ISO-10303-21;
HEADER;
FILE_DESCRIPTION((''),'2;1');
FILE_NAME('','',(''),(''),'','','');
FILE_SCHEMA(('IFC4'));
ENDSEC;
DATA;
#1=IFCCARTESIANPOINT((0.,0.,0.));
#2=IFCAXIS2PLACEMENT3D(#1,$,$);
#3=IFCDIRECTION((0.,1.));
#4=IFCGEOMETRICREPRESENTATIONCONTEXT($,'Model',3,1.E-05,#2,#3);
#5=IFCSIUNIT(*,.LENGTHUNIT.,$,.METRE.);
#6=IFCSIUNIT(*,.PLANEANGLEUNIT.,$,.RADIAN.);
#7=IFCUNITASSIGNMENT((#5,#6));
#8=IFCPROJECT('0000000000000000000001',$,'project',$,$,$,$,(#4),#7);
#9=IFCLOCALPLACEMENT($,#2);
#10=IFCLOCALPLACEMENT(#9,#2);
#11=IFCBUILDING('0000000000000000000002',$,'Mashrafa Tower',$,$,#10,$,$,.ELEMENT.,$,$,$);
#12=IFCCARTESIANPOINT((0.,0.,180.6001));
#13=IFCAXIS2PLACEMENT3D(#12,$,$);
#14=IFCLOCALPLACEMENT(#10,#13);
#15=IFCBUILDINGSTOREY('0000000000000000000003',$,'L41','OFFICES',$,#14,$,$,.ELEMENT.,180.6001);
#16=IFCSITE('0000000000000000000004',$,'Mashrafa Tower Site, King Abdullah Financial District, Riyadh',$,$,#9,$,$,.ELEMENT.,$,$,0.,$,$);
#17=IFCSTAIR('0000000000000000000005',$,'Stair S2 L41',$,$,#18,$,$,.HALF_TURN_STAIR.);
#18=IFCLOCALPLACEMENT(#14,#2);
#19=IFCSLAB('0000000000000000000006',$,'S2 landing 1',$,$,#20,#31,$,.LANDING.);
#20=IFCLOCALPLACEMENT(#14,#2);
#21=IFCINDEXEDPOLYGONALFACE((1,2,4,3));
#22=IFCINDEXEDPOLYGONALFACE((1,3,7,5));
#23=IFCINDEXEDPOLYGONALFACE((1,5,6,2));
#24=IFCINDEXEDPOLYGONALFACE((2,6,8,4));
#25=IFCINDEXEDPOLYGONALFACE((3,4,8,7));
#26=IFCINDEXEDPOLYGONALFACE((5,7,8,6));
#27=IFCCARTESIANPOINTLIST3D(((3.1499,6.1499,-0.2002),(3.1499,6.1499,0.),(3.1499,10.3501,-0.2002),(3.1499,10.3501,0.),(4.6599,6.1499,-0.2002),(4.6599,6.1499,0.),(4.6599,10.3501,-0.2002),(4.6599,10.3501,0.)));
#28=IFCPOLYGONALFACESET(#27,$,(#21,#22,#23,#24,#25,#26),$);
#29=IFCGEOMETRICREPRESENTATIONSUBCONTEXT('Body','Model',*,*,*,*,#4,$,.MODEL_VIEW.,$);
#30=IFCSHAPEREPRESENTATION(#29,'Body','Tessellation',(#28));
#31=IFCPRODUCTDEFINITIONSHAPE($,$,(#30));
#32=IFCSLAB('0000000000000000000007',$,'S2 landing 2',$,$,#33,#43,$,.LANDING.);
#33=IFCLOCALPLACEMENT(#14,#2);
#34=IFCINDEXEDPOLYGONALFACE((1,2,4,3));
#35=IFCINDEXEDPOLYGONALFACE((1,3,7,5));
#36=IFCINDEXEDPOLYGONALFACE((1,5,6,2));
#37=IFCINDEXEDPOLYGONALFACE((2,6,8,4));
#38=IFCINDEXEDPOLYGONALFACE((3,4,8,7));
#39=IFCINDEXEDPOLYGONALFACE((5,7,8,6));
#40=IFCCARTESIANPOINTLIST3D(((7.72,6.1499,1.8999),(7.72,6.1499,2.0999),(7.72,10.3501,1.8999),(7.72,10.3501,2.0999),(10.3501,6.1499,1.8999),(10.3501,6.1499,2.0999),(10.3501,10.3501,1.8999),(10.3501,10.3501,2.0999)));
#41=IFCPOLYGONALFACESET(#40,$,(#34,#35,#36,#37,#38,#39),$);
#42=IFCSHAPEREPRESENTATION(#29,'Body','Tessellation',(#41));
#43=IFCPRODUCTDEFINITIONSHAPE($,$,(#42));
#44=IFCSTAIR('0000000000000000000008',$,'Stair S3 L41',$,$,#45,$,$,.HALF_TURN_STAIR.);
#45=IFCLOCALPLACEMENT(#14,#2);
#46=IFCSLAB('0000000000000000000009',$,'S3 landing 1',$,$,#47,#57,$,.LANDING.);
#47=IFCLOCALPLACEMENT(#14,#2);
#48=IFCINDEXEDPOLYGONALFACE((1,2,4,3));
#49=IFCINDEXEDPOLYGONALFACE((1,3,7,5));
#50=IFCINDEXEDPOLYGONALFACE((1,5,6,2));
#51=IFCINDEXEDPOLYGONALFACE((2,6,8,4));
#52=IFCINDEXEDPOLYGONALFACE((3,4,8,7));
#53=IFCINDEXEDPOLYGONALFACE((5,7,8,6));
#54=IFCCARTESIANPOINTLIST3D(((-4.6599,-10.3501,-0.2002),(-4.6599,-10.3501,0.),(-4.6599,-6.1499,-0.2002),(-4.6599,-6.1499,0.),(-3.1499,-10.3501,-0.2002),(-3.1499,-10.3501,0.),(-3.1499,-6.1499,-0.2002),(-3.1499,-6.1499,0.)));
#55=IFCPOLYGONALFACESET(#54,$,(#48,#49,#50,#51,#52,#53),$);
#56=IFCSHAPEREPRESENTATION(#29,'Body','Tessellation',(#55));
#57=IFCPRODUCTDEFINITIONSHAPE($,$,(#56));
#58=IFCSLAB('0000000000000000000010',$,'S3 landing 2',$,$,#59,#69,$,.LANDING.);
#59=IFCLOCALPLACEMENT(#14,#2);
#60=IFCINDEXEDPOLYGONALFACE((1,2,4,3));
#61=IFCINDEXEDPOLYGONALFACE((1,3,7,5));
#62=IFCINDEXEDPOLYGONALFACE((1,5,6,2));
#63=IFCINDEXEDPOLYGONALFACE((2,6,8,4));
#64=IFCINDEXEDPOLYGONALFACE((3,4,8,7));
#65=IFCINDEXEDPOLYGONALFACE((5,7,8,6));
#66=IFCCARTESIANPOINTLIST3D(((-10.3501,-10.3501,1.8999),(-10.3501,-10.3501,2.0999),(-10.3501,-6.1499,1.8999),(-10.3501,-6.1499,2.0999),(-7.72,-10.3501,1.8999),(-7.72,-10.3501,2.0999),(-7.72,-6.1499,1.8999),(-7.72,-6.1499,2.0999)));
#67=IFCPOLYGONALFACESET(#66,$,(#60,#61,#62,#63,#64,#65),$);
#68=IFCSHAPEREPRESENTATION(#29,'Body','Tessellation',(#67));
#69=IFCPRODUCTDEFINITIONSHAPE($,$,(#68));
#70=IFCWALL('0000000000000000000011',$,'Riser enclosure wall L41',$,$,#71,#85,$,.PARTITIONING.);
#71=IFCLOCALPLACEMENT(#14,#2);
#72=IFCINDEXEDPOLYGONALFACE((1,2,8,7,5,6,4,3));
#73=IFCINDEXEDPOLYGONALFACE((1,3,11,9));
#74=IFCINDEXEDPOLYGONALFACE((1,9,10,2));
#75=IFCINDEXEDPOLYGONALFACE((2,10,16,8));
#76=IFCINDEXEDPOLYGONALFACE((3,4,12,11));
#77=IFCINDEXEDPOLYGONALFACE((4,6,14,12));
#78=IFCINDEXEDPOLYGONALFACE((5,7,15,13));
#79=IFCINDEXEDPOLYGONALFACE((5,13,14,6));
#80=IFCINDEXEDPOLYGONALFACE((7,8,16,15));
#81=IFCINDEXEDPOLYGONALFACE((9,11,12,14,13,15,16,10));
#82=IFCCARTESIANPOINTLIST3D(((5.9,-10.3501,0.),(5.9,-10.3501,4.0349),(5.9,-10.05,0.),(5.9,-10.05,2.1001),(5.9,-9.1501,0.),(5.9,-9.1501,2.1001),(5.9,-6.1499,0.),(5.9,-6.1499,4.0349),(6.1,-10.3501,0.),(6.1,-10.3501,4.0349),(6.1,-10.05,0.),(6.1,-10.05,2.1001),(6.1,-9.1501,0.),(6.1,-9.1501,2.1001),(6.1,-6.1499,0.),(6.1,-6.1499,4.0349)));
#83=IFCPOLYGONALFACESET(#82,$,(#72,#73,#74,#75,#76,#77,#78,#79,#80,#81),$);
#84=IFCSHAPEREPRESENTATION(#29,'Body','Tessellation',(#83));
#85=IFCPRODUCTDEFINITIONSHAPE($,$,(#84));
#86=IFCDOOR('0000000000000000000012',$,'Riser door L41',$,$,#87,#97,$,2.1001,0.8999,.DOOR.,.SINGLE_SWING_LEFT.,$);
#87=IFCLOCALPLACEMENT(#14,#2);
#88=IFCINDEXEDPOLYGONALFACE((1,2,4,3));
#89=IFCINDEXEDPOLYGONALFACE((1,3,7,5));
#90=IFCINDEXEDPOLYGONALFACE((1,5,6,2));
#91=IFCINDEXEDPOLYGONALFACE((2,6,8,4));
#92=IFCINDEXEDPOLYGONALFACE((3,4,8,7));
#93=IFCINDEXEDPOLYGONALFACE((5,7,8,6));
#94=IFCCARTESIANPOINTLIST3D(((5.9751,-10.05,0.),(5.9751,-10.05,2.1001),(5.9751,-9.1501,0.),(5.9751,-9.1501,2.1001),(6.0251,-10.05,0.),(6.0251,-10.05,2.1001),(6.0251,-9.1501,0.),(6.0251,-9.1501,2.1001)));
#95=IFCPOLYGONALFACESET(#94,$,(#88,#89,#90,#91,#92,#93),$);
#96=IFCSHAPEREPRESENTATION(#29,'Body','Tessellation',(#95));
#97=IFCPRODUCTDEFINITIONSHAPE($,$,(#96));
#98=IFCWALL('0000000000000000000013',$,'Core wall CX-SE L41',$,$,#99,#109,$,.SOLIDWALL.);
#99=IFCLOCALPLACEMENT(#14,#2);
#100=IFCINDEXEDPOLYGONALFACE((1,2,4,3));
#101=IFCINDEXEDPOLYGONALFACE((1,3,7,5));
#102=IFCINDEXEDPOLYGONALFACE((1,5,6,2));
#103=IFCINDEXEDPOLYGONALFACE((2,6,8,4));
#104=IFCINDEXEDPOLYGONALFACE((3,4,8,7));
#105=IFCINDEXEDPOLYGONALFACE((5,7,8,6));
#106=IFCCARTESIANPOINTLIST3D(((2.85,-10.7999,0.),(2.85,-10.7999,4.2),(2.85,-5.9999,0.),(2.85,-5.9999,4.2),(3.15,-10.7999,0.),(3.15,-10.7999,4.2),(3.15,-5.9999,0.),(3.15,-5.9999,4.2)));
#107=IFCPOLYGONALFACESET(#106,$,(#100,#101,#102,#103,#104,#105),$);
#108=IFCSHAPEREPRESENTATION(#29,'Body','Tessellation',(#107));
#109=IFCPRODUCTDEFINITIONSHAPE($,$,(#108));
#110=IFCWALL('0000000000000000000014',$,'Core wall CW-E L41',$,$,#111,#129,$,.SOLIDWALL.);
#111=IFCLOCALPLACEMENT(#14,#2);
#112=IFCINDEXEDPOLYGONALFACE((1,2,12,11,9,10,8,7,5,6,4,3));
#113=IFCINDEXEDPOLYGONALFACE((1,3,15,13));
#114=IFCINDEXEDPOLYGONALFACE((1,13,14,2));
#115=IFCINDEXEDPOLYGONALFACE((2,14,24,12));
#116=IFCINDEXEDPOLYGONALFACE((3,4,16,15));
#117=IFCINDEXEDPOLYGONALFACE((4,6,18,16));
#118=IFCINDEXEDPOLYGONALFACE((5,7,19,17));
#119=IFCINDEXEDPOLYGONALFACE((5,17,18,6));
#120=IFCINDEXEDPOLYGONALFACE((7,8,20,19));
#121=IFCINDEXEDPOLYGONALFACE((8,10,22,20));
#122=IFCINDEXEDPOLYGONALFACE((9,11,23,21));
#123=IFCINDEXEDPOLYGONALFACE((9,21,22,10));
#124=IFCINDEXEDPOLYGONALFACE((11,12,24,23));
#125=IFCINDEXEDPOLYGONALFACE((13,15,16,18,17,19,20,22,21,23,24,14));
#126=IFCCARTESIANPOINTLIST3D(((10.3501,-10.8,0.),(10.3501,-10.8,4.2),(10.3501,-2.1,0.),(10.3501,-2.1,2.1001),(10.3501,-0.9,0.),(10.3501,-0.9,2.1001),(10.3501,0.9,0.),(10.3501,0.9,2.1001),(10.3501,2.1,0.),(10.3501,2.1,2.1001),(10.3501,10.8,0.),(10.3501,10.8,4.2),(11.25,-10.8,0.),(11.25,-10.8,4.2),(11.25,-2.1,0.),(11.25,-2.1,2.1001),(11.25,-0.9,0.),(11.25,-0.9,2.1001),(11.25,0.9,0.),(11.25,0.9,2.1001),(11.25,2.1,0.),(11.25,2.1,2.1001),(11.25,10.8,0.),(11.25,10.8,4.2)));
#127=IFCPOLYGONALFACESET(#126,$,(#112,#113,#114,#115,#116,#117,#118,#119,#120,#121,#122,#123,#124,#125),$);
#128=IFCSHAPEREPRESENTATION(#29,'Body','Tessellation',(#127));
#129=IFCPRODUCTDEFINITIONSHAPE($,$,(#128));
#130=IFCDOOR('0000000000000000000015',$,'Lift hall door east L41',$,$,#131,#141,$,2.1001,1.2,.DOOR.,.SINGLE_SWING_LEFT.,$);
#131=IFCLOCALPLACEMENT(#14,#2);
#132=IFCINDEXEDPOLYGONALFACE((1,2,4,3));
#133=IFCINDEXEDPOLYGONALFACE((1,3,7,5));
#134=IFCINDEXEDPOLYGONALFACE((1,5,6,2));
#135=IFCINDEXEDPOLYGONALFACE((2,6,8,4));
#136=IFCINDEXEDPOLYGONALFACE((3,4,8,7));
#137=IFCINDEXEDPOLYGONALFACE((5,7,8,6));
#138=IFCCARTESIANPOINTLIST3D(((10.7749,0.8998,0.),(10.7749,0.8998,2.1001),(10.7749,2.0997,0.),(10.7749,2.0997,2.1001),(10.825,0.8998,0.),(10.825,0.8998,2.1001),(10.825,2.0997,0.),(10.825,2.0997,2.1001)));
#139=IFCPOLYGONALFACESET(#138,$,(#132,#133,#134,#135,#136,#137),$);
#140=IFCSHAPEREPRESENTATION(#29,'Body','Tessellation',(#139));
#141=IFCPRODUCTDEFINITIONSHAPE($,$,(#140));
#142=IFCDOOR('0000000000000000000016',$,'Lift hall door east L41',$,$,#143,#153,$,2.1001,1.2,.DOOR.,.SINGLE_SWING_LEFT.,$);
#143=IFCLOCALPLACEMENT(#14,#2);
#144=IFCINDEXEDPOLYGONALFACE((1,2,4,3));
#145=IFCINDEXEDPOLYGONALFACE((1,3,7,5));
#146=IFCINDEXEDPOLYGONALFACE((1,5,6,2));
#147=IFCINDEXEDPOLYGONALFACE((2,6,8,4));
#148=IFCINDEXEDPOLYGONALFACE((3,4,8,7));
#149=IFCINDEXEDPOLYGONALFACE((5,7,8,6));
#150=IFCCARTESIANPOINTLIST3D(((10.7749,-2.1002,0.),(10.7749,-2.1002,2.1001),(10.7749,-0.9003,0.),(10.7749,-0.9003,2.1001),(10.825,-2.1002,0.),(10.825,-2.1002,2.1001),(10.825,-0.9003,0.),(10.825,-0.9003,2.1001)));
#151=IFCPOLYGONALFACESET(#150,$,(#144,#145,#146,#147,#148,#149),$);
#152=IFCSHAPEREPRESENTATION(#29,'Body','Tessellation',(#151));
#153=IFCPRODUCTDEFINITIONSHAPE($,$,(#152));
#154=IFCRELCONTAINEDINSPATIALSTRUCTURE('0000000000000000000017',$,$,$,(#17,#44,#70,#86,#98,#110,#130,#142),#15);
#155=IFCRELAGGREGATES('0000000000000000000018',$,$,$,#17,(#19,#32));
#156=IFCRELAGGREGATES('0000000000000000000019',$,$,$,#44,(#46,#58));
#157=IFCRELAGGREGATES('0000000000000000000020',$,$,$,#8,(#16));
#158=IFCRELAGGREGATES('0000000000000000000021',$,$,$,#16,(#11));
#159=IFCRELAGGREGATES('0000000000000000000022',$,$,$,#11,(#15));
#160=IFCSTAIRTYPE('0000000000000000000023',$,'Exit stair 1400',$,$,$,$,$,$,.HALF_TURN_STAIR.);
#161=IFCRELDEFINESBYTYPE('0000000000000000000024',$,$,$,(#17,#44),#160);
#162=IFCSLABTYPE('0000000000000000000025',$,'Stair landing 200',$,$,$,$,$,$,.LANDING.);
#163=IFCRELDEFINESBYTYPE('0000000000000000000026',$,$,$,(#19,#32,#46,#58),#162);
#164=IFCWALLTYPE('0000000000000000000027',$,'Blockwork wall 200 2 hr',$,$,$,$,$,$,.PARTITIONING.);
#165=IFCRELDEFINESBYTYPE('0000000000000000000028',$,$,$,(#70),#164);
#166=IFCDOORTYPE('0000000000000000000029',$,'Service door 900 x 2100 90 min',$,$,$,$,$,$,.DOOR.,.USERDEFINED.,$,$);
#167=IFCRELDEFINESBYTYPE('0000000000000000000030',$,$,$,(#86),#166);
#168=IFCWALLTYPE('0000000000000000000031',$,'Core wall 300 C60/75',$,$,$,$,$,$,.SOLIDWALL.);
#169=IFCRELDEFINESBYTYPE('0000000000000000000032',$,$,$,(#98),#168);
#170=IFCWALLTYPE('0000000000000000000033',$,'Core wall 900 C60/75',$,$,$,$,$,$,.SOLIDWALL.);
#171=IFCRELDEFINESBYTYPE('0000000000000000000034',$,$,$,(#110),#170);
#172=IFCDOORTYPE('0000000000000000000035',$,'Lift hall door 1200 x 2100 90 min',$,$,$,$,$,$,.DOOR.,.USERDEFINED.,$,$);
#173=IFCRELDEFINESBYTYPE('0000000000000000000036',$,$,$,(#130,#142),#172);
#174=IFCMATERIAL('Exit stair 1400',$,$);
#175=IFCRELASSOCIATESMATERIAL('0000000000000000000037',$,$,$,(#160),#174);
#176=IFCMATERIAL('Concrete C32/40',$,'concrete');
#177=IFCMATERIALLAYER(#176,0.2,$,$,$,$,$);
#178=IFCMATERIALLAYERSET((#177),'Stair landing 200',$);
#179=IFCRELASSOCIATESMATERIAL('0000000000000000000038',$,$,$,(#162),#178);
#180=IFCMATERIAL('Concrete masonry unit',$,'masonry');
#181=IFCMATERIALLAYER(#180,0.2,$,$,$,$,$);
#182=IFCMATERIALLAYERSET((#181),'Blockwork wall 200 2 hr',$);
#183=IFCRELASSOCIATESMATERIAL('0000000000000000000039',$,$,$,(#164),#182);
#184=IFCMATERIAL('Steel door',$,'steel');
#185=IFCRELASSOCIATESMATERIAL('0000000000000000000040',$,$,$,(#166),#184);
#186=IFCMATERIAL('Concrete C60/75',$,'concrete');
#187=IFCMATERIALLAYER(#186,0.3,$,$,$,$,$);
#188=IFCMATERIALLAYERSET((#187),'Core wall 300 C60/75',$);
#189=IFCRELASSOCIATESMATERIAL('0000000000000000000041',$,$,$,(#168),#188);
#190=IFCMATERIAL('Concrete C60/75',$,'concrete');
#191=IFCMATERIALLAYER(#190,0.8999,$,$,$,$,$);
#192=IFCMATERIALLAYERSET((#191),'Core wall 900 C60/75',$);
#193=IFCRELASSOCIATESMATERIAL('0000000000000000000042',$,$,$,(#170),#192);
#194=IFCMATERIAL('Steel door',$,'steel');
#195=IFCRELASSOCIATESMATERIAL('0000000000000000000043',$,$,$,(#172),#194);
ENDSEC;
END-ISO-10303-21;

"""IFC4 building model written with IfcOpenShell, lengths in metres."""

from ifc_helpers import new_model, si_unit, direction, frame, frame_2d, origin, place, context, subcontext, project, spatial, polyline, rectangle, outline, extrude, material, layer, layer_set, type_object, element, fill, aggregate, save


model = new_model("IFC4")

# Units and contexts
model_context = context("Model", 3, precision=1e-05, world=origin(), true_north=direction((0.0, 1.0)))
body_context = subcontext(model_context, "Body", "Model", "MODEL_VIEW")
ifc_project = project(units=[si_unit("LENGTHUNIT", "METRE"), si_unit("PLANEANGLEUNIT", "RADIAN")], contexts=[model_context])

# Site, building, storey
site_placement = place(None, origin())
site = spatial("IfcSite", under=ifc_project, at=site_placement, Name="Mashrafa Tower Site, King Abdullah Financial District, Riyadh", CompositionType="ELEMENT", RefElevation=0.0)
building_placement = place(site_placement, origin())
building = spatial("IfcBuilding", under=site, at=building_placement, Name="Mashrafa Tower", CompositionType="ELEMENT")
storey_placement = place(building_placement, frame((0.0, 0.0, 180.6001)))
storey = spatial("IfcBuildingStorey", under=building, at=storey_placement, Name="L41", Description="OFFICES", CompositionType="ELEMENT", Elevation=180.6001)

# Stairs, slabs
ifc_material_1 = material(Name="Exit stair 1400")
stair_type = type_object("IfcStairType", Name="Exit stair 1400", PredefinedType="HALF_TURN_STAIR", material=ifc_material_1)
ifc_material_2 = material(Name="Concrete C32/40", Category="concrete")
ifc_layer_1 = layer(ifc_material_2, 0.2)
ifc_layer_set_1 = layer_set([ifc_layer_1], Name="Stair landing 200")
slab_type = type_object("IfcSlabType", Name="Stair landing 200", PredefinedType="LANDING", material=ifc_layer_set_1)
stair_1_placement = place(storey_placement, origin())
stair_1 = element("IfcStair", 1, at=stair_1_placement, inside=storey, type_object=stair_type, Name="Stair S2 L41", PredefinedType="HALF_TURN_STAIR")
slab_1_placement = place(storey_placement, frame((0.0, 0.0, -0.2002)))
slab_1 = element("IfcSlab", 2, at=slab_1_placement, type_object=slab_type, Name="S2 landing 1", PredefinedType="LANDING", context=body_context, shape_type="SweptSolid", body=[
    extrude(outline(polyline([(3.1499, 6.1499), (4.6599, 6.1499), (4.6599, 10.3501), (3.1499, 10.3501), (3.1499, 6.1499)])), origin(), (0.0, 0.0, 1.0), 0.2002),
])
slab_2_placement = place(storey_placement, frame((0.0, 0.0, 1.8999)))
slab_2 = element("IfcSlab", 3, at=slab_2_placement, type_object=slab_type, Name="S2 landing 2", PredefinedType="LANDING", context=body_context, shape_type="SweptSolid", body=[
    extrude(outline(polyline([(7.72, 6.1499), (10.3501, 6.1499), (10.3501, 10.3501), (7.72, 10.3501), (7.72, 6.1499)])), origin(), (0.0, 0.0, 1.0), 0.2),
])
aggregate(stair_1, [slab_1, slab_2])
stair_2_placement = place(storey_placement, origin())
stair_2 = element("IfcStair", 4, at=stair_2_placement, inside=storey, type_object=stair_type, Name="Stair S3 L41", PredefinedType="HALF_TURN_STAIR")
slab_3_placement = place(storey_placement, frame((0.0, 0.0, -0.2002)))
slab_3 = element("IfcSlab", 5, at=slab_3_placement, type_object=slab_type, Name="S3 landing 1", PredefinedType="LANDING", context=body_context, shape_type="SweptSolid", body=[
    extrude(outline(polyline([(-4.6599, -10.3501), (-3.1499, -10.3501), (-3.1499, -6.1499), (-4.6599, -6.1499), (-4.6599, -10.3501)])), origin(), (0.0, 0.0, 1.0), 0.2002),
])
slab_4_placement = place(storey_placement, frame((0.0, 0.0, 1.8999)))
slab_4 = element("IfcSlab", 6, at=slab_4_placement, type_object=slab_type, Name="S3 landing 2", PredefinedType="LANDING", context=body_context, shape_type="SweptSolid", body=[
    extrude(outline(polyline([(-10.3501, -10.3501), (-7.72, -10.3501), (-7.72, -6.1499), (-10.3501, -6.1499), (-10.3501, -10.3501)])), origin(), (0.0, 0.0, 1.0), 0.2),
])
aggregate(stair_2, [slab_3, slab_4])

# Wall, opening, door
ifc_material_3 = material(Name="Concrete masonry unit", Category="masonry")
ifc_layer_2 = layer(ifc_material_3, 0.2)
ifc_layer_set_2 = layer_set([ifc_layer_2], Name="Blockwork wall 200 2 hr")
wall_type_1 = type_object("IfcWallType", Name="Blockwork wall 200 2 hr", PredefinedType="PARTITIONING", material=ifc_layer_set_2)
wall_1_placement = place(storey_placement, frame((6.0, -10.3501, 0.0), z_axis=(0.0, 0.0, 1.0), x_axis=(0.0, 1.0, 0.0)))
wall_1 = element("IfcWall", 7, at=wall_1_placement, inside=storey, type_object=wall_type_1, Name="Riser enclosure wall L41", PredefinedType="PARTITIONING", context=body_context, shape_type="SweptSolid", body=[
    extrude(rectangle(XDim=4.2002, YDim=0.2, at=frame_2d((2.1001, 0.0))), origin(), (0.0, 0.0, 1.0), 4.0349),
])
opening_1_placement = place(wall_1_placement, frame((0.3, 0.0, 0.0)))
opening_1 = element("IfcOpeningElement", 8, at=opening_1_placement, cuts=wall_1, PredefinedType="OPENING", context=body_context, shape_type="SweptSolid", body=[
    extrude(rectangle(XDim=0.8999, YDim=2.1001, at=frame_2d((0.45, 1.05))), frame((0.0, 0.1099, 0.0), z_axis=(0.0, -1.0, 0.0), x_axis=(1.0, 0.0, 0.0)), (0.0, 0.0, 1.0), 0.22),
])
ifc_material_4 = material(Name="Steel door", Category="steel")
door_type_1 = type_object("IfcDoorType", Name="Service door 900 x 2100 90 min", OperationType="USERDEFINED", PredefinedType="DOOR", material=ifc_material_4)
door_1_placement = place(opening_1_placement, origin())
door_1 = element("IfcDoor", 9, at=door_1_placement, inside=storey, type_object=door_type_1, Name="Riser door L41", OperationType="SINGLE_SWING_LEFT", OverallHeight=2.1001, OverallWidth=0.8999, PredefinedType="DOOR", context=body_context, shape_type="SweptSolid", body=[
    extrude(rectangle(XDim=0.8999, YDim=2.1001, at=frame_2d((0.45, 1.05))), frame((0.0, 0.0249, 0.0), z_axis=(0.0, -1.0, 0.0), x_axis=(1.0, 0.0, 0.0)), (0.0, 0.0, 1.0), 0.05),
])
fill(opening_1, door_1)

# Wall
ifc_material_5 = material(Name="Concrete C60/75", Category="concrete")
ifc_layer_3 = layer(ifc_material_5, 0.3)
ifc_layer_set_3 = layer_set([ifc_layer_3], Name="Core wall 300 C60/75")
wall_type_2 = type_object("IfcWallType", Name="Core wall 300 C60/75", PredefinedType="SOLIDWALL", material=ifc_layer_set_3)
wall_2_placement = place(storey_placement, frame((3.0, -6.0, 0.0), z_axis=(0.0, 0.0, 1.0), x_axis=(0.0, -1.0, 0.0)))
element("IfcWall", 10, at=wall_2_placement, inside=storey, type_object=wall_type_2, Name="Core wall CX-SE L41", PredefinedType="SOLIDWALL", context=body_context, shape_type="SweptSolid", body=[
    extrude(rectangle(XDim=4.8, YDim=0.3, at=frame_2d((2.3999, 0.0))), origin(), (0.0, 0.0, 1.0), 4.2),
])

# Wall, openings, doors
ifc_material_6 = material(Name="Concrete C60/75", Category="concrete")
ifc_layer_4 = layer(ifc_material_6, 0.8999)
ifc_layer_set_4 = layer_set([ifc_layer_4], Name="Core wall 900 C60/75")
wall_type_3 = type_object("IfcWallType", Name="Core wall 900 C60/75", PredefinedType="SOLIDWALL", material=ifc_layer_set_4)
wall_3_placement = place(storey_placement, frame((10.8, -10.8, 0.0), z_axis=(0.0, 0.0, 1.0), x_axis=(0.0, 1.0, 0.0)))
wall_3 = element("IfcWall", 11, at=wall_3_placement, inside=storey, type_object=wall_type_3, Name="Core wall CW-E L41", PredefinedType="SOLIDWALL", context=body_context, shape_type="SweptSolid", body=[
    extrude(rectangle(XDim=21.6001, YDim=0.8999, at=frame_2d((10.8, 0.0))), origin(), (0.0, 0.0, 1.0), 4.2),
])
opening_2_placement = place(wall_3_placement, frame((11.7, 0.0, 0.0)))
opening_2 = element("IfcOpeningElement", 12, at=opening_2_placement, cuts=wall_3, PredefinedType="OPENING", context=body_context, shape_type="SweptSolid", body=[
    extrude(rectangle(XDim=1.2, YDim=2.1001, at=frame_2d((0.6001, 1.05))), frame((0.0, 0.46, 0.0), z_axis=(0.0, -1.0, 0.0), x_axis=(1.0, 0.0, 0.0)), (0.0, 0.0, 1.0), 0.9199),
])
opening_3_placement = place(wall_3_placement, frame((8.7, 0.0, 0.0)))
opening_3 = element("IfcOpeningElement", 13, at=opening_3_placement, cuts=wall_3, PredefinedType="OPENING", context=body_context, shape_type="SweptSolid", body=[
    extrude(rectangle(XDim=1.2, YDim=2.1001, at=frame_2d((0.6001, 1.05))), frame((0.0, 0.46, 0.0), z_axis=(0.0, -1.0, 0.0), x_axis=(1.0, 0.0, 0.0)), (0.0, 0.0, 1.0), 0.9199),
])
ifc_material_7 = material(Name="Steel door", Category="steel")
door_type_2 = type_object("IfcDoorType", Name="Lift hall door 1200 x 2100 90 min", OperationType="USERDEFINED", PredefinedType="DOOR", material=ifc_material_7)
door_2_placement = place(opening_2_placement, frame((1.2, 0.0, 0.0), z_axis=(0.0, 0.0, 1.0), x_axis=(-1.0, 0.0, 0.0)))
door_2 = element("IfcDoor", 14, at=door_2_placement, inside=storey, type_object=door_type_2, Name="Lift hall door east L41", OperationType="SINGLE_SWING_LEFT", OverallHeight=2.1001, OverallWidth=1.2, PredefinedType="DOOR", context=body_context, shape_type="SweptSolid", body=[
    extrude(rectangle(XDim=1.2, YDim=2.1001, at=frame_2d((0.6001, 1.05))), frame((0.0, 0.0249, 0.0), z_axis=(0.0, -1.0, 0.0), x_axis=(1.0, 0.0, 0.0)), (0.0, 0.0, 1.0), 0.05),
])
fill(opening_2, door_2)
door_3_placement = place(opening_3_placement, frame((1.2, 0.0, 0.0), z_axis=(0.0, 0.0, 1.0), x_axis=(-1.0, 0.0, 0.0)))
door_3 = element("IfcDoor", 15, at=door_3_placement, inside=storey, type_object=door_type_2, Name="Lift hall door east L41", OperationType="SINGLE_SWING_LEFT", OverallHeight=2.1001, OverallWidth=1.2, PredefinedType="DOOR", context=body_context, shape_type="SweptSolid", body=[
    extrude(rectangle(XDim=1.2, YDim=2.1001, at=frame_2d((0.6001, 1.05))), frame((0.0, 0.0249, 0.0), z_axis=(0.0, -1.0, 0.0), x_axis=(1.0, 0.0, 0.0)), (0.0, 0.0, 1.0), 0.05),
])
fill(opening_3, door_3)

save(model, "model.ifc")
